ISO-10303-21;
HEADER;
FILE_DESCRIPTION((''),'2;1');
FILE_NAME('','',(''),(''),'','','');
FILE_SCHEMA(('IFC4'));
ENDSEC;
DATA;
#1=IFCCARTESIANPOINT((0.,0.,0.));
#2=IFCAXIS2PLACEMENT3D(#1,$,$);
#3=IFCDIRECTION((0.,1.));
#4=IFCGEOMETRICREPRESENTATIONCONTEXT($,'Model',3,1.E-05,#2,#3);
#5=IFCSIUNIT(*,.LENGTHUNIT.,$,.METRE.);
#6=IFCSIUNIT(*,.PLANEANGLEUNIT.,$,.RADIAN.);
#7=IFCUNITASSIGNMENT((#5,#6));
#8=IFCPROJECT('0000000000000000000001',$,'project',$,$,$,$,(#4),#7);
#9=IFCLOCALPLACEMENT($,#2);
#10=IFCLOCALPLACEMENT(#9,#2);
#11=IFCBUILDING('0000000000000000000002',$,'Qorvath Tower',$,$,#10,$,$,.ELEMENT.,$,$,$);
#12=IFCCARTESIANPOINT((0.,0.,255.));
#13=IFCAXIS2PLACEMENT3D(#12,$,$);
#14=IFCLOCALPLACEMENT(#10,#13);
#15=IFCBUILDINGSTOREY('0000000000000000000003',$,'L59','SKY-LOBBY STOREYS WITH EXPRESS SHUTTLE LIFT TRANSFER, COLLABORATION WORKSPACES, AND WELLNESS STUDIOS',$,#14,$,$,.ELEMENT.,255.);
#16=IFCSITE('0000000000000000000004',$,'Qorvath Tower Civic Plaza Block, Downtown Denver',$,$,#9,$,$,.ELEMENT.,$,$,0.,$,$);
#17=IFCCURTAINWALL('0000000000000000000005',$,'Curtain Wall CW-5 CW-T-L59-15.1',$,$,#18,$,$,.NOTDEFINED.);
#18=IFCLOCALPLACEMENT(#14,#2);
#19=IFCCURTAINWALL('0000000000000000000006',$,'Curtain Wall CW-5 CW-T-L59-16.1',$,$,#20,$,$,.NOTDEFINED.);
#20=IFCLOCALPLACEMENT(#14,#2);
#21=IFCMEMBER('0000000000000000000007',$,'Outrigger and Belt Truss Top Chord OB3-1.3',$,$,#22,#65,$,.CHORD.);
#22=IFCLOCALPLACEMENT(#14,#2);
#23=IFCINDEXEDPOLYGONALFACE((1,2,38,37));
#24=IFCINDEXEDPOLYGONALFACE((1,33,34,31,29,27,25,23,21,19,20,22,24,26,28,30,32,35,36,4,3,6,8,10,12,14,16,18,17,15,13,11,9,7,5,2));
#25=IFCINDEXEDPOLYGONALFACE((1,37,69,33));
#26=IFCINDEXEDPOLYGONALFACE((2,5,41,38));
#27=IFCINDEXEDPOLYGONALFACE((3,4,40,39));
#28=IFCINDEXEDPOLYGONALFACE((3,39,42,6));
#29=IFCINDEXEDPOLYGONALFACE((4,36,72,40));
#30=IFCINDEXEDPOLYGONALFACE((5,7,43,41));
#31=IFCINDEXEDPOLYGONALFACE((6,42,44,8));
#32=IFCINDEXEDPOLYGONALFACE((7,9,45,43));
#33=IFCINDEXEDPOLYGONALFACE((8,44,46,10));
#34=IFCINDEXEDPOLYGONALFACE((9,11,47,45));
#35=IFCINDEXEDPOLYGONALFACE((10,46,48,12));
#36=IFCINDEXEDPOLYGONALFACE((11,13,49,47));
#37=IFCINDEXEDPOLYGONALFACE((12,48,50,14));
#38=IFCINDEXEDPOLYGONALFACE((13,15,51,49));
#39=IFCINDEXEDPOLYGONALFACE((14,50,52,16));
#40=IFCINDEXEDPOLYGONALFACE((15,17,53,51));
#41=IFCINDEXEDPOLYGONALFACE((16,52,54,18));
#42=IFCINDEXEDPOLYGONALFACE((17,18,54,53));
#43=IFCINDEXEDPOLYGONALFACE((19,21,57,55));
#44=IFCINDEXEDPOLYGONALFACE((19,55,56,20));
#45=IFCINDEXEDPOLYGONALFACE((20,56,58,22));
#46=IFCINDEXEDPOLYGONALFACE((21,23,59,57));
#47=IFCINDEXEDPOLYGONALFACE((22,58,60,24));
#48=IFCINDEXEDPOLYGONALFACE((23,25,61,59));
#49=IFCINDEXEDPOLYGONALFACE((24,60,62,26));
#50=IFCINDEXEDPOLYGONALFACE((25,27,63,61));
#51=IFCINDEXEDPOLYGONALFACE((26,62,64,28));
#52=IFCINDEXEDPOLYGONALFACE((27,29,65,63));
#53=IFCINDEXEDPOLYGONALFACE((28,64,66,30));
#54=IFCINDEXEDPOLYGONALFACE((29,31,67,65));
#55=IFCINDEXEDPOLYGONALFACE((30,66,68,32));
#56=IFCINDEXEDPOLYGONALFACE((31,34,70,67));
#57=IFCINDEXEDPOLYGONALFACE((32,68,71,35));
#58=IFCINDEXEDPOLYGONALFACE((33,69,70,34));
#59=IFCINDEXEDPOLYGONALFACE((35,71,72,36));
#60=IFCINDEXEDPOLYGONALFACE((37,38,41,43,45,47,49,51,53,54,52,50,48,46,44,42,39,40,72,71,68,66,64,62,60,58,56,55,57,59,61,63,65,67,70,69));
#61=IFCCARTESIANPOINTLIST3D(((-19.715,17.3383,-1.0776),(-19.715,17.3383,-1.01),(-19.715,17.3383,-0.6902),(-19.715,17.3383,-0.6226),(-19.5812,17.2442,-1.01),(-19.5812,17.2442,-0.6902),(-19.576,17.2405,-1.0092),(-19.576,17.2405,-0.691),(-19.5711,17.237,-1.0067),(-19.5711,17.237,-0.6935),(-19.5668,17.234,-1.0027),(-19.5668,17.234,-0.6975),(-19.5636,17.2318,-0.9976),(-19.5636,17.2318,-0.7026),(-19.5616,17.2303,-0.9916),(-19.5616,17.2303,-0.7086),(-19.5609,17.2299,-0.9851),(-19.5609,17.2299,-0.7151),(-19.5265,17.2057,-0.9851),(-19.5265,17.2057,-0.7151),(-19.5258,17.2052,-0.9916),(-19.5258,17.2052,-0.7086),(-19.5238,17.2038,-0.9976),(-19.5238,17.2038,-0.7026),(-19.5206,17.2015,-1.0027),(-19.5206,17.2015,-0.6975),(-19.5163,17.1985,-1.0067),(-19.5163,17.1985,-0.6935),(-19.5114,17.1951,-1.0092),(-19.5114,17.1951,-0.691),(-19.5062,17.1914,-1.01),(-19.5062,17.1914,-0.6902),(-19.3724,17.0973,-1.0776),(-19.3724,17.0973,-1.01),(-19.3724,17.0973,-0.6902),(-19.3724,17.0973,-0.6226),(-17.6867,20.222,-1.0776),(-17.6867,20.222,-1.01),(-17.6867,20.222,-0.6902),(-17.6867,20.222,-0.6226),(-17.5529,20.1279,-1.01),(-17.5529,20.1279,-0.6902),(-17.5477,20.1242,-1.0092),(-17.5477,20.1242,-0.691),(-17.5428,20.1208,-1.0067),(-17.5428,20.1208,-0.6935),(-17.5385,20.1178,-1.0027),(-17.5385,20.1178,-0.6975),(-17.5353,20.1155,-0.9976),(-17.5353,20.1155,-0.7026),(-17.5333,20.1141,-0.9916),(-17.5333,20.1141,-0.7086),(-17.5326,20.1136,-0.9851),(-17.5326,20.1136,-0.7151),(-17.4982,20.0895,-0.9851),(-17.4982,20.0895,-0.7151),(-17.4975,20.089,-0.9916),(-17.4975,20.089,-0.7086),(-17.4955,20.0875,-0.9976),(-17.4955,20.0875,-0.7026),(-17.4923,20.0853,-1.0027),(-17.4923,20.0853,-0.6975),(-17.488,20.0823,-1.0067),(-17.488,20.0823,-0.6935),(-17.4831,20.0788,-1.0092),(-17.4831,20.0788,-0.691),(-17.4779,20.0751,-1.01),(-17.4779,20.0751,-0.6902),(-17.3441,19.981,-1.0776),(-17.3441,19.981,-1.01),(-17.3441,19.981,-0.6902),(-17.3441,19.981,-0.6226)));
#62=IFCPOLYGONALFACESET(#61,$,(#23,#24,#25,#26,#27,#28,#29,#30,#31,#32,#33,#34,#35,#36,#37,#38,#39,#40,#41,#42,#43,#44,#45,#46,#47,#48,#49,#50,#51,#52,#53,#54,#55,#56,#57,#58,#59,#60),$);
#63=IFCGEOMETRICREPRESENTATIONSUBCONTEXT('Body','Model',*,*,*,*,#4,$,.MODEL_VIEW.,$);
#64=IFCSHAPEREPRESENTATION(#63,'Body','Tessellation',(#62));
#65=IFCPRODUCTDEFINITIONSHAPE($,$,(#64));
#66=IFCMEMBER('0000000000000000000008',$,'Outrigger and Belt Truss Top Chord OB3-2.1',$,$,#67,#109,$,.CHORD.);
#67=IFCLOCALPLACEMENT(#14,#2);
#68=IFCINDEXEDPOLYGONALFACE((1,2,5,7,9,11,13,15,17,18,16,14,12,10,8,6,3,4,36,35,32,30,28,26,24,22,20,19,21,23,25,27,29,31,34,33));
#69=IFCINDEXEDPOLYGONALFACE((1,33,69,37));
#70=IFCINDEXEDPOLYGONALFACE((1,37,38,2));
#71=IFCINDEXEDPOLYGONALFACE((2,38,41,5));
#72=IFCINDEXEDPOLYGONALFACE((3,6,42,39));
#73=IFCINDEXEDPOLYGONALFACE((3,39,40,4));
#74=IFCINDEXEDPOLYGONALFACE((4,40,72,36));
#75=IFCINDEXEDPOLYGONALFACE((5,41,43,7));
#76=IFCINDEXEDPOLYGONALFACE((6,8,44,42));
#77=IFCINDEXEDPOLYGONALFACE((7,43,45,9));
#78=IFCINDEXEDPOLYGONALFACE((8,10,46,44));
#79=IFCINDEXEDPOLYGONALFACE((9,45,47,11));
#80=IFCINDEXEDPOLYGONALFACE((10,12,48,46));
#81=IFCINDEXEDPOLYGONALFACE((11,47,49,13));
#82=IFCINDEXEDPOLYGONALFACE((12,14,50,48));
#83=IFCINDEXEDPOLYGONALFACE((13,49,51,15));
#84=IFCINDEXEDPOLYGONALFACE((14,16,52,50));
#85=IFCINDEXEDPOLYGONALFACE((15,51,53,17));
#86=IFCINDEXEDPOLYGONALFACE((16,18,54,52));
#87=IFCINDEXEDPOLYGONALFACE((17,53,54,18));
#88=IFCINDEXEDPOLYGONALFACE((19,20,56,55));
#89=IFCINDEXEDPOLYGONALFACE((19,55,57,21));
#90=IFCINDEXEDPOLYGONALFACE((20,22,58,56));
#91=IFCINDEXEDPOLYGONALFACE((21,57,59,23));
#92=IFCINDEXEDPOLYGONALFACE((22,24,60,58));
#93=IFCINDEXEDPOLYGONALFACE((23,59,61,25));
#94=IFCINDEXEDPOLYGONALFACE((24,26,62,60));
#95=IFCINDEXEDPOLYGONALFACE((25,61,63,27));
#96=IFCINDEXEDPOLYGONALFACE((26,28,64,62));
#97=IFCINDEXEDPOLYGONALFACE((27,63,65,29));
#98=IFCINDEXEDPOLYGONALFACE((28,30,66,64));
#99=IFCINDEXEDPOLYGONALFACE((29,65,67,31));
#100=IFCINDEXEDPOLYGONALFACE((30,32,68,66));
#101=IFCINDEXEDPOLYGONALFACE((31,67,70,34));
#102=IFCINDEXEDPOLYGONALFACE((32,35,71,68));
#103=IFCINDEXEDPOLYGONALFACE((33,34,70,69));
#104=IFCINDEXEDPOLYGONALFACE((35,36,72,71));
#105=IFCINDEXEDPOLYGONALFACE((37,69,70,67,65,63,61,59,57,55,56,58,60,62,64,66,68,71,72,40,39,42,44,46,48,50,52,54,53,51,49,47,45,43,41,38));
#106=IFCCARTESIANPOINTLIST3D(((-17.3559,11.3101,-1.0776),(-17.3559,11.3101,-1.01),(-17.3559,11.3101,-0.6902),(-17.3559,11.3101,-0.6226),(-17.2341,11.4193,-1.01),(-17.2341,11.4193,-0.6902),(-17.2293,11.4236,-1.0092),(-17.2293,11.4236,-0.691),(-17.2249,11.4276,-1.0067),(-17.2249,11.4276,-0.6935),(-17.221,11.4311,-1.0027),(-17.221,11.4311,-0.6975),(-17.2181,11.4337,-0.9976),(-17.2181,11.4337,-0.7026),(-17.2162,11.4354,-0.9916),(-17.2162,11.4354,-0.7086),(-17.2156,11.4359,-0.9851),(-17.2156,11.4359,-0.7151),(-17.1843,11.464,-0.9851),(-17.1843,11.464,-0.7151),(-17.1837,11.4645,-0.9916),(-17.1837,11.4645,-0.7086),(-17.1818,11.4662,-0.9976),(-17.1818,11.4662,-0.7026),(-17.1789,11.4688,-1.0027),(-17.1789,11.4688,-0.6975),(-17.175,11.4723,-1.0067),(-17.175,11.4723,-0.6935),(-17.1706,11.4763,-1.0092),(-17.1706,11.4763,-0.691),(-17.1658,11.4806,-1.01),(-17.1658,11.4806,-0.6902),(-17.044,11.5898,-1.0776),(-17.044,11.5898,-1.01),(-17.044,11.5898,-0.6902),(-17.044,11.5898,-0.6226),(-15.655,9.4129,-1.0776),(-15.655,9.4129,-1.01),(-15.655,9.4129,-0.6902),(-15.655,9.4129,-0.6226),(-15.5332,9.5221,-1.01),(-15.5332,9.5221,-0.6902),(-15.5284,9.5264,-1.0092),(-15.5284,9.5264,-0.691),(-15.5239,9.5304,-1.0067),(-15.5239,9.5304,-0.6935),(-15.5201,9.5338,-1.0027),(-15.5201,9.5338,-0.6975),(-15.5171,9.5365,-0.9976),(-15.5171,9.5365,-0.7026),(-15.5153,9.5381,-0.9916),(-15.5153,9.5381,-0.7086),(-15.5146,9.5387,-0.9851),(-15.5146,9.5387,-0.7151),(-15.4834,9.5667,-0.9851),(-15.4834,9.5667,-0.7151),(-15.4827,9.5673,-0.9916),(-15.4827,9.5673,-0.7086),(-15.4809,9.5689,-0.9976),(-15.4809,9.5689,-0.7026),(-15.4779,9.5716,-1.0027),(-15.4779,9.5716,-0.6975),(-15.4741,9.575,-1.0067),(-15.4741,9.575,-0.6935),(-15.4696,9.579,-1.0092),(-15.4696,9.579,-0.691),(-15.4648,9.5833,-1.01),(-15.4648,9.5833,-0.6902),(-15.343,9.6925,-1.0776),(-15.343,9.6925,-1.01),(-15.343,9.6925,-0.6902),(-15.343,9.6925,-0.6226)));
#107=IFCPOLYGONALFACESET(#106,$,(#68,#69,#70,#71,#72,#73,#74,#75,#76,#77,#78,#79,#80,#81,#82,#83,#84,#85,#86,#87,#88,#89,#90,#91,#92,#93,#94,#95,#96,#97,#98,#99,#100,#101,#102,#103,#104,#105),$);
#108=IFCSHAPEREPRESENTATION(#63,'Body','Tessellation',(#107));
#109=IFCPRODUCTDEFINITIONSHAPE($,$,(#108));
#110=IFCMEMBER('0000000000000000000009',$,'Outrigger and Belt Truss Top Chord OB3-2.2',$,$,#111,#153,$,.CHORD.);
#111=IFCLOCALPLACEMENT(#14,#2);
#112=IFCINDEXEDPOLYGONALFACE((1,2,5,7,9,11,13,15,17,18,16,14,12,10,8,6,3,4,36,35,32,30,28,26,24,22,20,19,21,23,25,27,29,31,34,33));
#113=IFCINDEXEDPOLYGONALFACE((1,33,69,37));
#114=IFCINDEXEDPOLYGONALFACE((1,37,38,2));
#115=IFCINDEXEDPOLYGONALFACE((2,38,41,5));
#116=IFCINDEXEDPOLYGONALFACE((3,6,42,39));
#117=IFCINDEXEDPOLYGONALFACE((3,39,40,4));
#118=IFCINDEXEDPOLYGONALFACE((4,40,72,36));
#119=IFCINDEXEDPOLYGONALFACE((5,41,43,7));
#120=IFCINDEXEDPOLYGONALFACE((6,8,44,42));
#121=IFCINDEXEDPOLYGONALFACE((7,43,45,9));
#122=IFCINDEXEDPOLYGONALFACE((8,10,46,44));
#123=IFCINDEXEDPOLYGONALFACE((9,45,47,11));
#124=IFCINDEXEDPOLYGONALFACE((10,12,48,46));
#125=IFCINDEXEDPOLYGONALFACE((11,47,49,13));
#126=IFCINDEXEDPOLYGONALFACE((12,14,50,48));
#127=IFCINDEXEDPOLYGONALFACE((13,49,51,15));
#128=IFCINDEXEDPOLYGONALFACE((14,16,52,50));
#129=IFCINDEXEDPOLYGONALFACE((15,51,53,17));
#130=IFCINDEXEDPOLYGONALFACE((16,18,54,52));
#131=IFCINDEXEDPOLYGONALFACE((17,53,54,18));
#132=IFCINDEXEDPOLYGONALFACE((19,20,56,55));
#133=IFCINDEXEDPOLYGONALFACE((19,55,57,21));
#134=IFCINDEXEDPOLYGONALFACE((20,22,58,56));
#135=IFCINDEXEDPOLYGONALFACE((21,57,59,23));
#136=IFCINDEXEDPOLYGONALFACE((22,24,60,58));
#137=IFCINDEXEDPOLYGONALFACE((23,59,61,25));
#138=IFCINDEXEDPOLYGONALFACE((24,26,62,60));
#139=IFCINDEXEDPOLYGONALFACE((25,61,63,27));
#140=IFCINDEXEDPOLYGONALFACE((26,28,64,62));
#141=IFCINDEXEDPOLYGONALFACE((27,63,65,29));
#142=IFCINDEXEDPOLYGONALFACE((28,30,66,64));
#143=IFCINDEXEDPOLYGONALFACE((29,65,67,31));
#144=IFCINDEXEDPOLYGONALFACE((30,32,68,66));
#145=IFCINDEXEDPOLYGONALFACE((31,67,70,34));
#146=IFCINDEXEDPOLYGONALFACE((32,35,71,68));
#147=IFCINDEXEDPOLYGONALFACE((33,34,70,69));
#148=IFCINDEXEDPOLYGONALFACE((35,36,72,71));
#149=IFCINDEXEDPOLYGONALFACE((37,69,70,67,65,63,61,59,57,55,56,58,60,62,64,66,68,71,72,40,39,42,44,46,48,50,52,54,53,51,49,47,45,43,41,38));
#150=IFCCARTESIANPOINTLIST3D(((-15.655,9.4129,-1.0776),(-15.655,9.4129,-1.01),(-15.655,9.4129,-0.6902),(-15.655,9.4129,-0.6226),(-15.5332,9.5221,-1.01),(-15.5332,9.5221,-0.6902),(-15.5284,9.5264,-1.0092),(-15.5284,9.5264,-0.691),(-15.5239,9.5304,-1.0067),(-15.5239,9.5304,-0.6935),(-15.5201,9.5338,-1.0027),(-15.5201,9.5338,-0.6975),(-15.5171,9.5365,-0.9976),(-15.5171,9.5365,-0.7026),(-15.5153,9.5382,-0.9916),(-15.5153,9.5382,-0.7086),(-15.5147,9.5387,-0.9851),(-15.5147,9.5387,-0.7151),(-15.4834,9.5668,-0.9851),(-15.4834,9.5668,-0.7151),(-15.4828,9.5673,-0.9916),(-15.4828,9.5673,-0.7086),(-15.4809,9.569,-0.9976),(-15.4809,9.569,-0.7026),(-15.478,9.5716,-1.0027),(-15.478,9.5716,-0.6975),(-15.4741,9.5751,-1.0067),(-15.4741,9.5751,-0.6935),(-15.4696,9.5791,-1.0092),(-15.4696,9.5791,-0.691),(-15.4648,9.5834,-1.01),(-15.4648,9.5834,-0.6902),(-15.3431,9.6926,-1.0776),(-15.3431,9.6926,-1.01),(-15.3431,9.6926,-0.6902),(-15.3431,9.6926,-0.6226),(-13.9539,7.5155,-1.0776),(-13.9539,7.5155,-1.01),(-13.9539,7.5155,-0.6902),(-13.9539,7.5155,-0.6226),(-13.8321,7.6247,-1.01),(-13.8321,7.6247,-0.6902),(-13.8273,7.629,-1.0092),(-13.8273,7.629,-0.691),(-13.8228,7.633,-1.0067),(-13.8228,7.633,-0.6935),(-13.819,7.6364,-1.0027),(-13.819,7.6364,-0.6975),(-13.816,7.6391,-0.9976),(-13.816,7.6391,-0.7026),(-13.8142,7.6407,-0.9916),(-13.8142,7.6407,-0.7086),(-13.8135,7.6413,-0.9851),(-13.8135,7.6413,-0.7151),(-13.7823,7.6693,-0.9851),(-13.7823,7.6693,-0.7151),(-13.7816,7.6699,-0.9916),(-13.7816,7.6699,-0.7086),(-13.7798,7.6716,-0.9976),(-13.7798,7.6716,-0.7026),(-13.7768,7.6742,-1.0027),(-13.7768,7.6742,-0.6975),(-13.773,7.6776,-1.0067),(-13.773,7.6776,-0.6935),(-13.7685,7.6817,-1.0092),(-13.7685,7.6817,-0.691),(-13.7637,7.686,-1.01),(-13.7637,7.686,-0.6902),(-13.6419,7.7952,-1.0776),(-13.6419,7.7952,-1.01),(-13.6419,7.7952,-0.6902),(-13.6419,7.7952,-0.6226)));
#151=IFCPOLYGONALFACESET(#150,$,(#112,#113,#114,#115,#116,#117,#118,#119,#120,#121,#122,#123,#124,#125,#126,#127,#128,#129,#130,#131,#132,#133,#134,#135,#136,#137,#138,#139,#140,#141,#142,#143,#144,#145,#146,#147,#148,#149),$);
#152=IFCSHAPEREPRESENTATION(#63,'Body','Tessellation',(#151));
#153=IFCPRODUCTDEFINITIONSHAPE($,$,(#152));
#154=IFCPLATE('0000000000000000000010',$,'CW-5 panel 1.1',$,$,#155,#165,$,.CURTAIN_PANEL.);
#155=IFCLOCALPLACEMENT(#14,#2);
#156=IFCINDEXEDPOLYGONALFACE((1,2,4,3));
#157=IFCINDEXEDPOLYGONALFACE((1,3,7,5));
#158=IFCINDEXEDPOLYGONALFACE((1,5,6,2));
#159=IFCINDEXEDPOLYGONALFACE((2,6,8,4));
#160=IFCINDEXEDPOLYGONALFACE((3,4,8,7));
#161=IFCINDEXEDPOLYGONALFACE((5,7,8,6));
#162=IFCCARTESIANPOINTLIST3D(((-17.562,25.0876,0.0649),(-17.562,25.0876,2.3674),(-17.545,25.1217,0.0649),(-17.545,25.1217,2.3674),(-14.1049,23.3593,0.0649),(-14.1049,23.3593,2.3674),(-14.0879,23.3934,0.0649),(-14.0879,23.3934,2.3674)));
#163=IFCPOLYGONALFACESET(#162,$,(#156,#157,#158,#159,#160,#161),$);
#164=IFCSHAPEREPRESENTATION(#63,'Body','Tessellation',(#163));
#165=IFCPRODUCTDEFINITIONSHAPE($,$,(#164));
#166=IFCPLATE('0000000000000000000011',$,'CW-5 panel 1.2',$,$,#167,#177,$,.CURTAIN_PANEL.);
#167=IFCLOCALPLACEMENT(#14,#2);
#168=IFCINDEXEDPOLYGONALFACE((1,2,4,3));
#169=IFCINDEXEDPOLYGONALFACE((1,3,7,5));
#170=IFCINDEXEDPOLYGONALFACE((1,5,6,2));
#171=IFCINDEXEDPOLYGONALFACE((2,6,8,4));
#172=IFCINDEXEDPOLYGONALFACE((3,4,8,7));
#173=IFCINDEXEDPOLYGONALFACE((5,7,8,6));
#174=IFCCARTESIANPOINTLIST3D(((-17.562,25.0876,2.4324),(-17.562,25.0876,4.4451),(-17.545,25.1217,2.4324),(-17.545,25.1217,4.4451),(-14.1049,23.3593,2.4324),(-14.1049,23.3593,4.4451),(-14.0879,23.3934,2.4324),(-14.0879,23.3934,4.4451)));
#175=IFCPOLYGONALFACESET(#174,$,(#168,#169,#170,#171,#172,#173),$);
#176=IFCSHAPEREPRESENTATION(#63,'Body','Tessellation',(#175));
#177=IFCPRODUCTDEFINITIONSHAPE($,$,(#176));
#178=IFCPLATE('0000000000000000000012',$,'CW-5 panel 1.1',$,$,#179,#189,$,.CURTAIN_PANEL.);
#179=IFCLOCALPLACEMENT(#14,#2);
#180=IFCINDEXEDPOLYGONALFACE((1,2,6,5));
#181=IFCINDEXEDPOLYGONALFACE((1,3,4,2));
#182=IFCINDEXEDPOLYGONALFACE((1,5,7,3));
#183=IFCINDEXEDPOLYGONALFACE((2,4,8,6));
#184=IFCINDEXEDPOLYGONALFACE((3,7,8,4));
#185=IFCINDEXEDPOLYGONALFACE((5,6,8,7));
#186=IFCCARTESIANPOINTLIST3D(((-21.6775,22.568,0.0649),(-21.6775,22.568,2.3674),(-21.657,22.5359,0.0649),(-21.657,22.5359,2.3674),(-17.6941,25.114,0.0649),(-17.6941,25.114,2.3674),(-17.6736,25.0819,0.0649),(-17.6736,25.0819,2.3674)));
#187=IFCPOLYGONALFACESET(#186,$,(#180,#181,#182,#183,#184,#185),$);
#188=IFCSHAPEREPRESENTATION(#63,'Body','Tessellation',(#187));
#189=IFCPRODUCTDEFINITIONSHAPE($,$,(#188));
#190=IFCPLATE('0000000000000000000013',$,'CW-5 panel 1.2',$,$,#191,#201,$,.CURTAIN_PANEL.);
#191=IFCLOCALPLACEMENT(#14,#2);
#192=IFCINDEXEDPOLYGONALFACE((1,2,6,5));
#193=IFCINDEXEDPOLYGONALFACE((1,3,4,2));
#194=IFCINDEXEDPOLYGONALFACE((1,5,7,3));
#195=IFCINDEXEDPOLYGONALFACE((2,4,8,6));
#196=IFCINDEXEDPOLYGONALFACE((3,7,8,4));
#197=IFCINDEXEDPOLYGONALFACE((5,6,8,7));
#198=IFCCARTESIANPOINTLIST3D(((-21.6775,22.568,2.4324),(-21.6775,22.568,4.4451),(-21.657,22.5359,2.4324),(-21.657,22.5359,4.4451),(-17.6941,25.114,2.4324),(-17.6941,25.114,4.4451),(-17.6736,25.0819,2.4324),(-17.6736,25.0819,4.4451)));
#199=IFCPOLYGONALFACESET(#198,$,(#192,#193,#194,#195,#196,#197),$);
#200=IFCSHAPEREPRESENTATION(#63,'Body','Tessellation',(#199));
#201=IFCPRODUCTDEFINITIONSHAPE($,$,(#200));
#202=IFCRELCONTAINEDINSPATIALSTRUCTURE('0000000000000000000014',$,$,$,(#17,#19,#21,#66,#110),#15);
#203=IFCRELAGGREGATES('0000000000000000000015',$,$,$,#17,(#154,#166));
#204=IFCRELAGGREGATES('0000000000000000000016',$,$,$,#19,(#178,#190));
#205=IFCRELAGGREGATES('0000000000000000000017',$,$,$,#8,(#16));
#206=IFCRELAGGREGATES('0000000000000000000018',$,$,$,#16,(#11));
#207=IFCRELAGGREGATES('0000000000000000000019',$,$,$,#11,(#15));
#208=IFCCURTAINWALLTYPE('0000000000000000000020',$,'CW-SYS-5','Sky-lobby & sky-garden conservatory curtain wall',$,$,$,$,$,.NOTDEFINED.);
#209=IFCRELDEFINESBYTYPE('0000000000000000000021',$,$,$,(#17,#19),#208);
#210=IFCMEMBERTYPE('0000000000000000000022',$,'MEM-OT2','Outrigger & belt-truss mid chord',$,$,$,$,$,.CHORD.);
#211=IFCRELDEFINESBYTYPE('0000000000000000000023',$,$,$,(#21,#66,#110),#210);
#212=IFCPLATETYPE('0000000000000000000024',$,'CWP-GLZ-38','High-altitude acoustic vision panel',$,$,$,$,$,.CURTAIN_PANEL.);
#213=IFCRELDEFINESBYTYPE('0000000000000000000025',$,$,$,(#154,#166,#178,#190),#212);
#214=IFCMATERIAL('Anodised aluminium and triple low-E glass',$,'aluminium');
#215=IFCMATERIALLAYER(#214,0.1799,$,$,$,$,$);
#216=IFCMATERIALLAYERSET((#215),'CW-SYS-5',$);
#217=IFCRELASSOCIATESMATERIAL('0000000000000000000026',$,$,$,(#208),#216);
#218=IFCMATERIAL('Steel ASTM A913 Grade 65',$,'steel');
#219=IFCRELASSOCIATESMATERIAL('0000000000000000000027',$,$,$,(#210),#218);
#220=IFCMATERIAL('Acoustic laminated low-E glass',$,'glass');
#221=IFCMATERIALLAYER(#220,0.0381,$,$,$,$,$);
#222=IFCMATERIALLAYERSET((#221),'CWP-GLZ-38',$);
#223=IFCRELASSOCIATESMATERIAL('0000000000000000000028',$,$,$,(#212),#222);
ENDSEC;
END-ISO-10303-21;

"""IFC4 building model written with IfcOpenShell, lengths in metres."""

from ifc_helpers import new_model, si_unit, direction, frame, origin, origin_2d, place, context, subcontext, project, spatial, rectangle, i_section, extrude, material, layer, layer_set, material_profile, profile_set, type_object, element, aggregate, save


model = new_model("IFC4")

# Units and contexts
model_context = context("Model", 3, precision=1e-05, world=origin(), true_north=direction((0.0, 1.0)))
body_context = subcontext(model_context, "Body", "Model", "MODEL_VIEW")
ifc_project = project(units=[si_unit("LENGTHUNIT", "METRE"), si_unit("PLANEANGLEUNIT", "RADIAN")], contexts=[model_context])

# Site, building, storey
site_placement = place(None, origin())
site = spatial("IfcSite", under=ifc_project, at=site_placement, Name="Qorvath Tower Civic Plaza Block, Downtown Denver", CompositionType="ELEMENT", RefElevation=0.0)
building_placement = place(site_placement, origin())
building = spatial("IfcBuilding", under=site, at=building_placement, Name="Qorvath Tower", CompositionType="ELEMENT")
storey_placement = place(building_placement, frame((0.0, 0.0, 255.0)))
storey = spatial("IfcBuildingStorey", under=building, at=storey_placement, Name="L59", Description="SKY-LOBBY STOREYS WITH EXPRESS SHUTTLE LIFT TRANSFER, COLLABORATION WORKSPACES, AND WELLNESS STUDIOS", CompositionType="ELEMENT", Elevation=255.0)

# Curtain wall
ifc_material_1 = material(Name="Anodised aluminium and triple low-E glass", Category="aluminium")
ifc_layer_1 = layer(ifc_material_1, 0.1799)
ifc_layer_set_1 = layer_set([ifc_layer_1], Name="CW-SYS-5")
curtain_wall_type = type_object("IfcCurtainWallType", Name="CW-SYS-5", Description="Sky-lobby & sky-garden conservatory curtain wall", PredefinedType="NOTDEFINED", material=ifc_layer_set_1)
curtain_wall_1_placement = place(storey_placement, origin())
curtain_wall_1 = element("IfcCurtainWall", 1, at=curtain_wall_1_placement, inside=storey, type_object=curtain_wall_type, Name="Curtain Wall CW-5 CW-T-L59-15.1", PredefinedType="NOTDEFINED")

# Curtain wall
curtain_wall_2_placement = place(storey_placement, origin())
curtain_wall_2 = element("IfcCurtainWall", 2, at=curtain_wall_2_placement, inside=storey, type_object=curtain_wall_type, Name="Curtain Wall CW-5 CW-T-L59-16.1", PredefinedType="NOTDEFINED")

# Members
ifc_material_2 = material(Name="Steel ASTM A913 Grade 65", Category="steel")
ifc_material_profile_1 = material_profile(ifc_material_2, i_section(OverallWidth=0.4189, OverallDepth=0.4551, WebThickness=0.042, FlangeThickness=0.0676, FilletRadius=0.0249, at=origin_2d()), Name="W14x370")
ifc_profile_set_1 = profile_set([ifc_material_profile_1], Name="Steel ASTM A913 Grade 65")
member_type_1 = type_object("IfcMemberType", Name="MEM-OT2", Description="Outrigger & belt-truss mid chord", PredefinedType="CHORD", material=ifc_profile_set_1)
for number, where, z_axis, x_axis, name in (
    (3, (-19.5437, 17.2178, -0.8501), (0.575301, 0.817942, 0.0), (-0.817942, 0.575301, 0.0), "Outrigger and Belt Truss Top Chord OB3-1.3"),
):
    element("IfcMember", number, at=place(storey_placement, frame(where, z_axis=z_axis, x_axis=x_axis)), inside=storey, type_object=member_type_1, Name=name, PredefinedType="CHORD", context=body_context, shape_type="SweptSolid", body=[
        extrude(i_section(OverallWidth=0.4189, OverallDepth=0.4551, WebThickness=0.042, FlangeThickness=0.0676, FilletRadius=0.0249, at=origin_2d()), origin(), (0.0, 0.0, 1.0), 3.5256),
    ])
member_1_placement = place(storey_placement, frame((-17.2, 11.45, -0.8501), z_axis=(0.66754, -0.744574, 0.0), x_axis=(0.744574, 0.66754, 0.0)))
element("IfcMember", 4, at=member_1_placement, inside=storey, type_object=member_type_1, Name="Outrigger and Belt Truss Top Chord OB3-2.1", PredefinedType="CHORD", context=body_context, shape_type="SweptSolid", body=[
    extrude(i_section(OverallWidth=0.4189, OverallDepth=0.4551, WebThickness=0.042, FlangeThickness=0.0676, FilletRadius=0.0249, at=origin_2d()), origin(), (0.0, 0.0, 1.0), 2.5481),
])
member_2_placement = place(storey_placement, frame((-15.499, 9.5527, -0.8501), z_axis=(0.667545, -0.744569, 0.0), x_axis=(0.744569, 0.667545, 0.0)))
element("IfcMember", 5, at=member_2_placement, inside=storey, type_object=member_type_1, Name="Outrigger and Belt Truss Top Chord OB3-2.2", PredefinedType="CHORD", context=body_context, shape_type="SweptSolid", body=[
    extrude(i_section(OverallWidth=0.4189, OverallDepth=0.4551, WebThickness=0.042, FlangeThickness=0.0676, FilletRadius=0.0249, at=origin_2d()), origin(), (0.0, 0.0, 1.0), 2.5483),
])

# Plates
ifc_material_3 = material(Name="Acoustic laminated low-E glass", Category="glass")
ifc_layer_2 = layer(ifc_material_3, 0.0381)
ifc_layer_set_2 = layer_set([ifc_layer_2], Name="CWP-GLZ-38")
plate_type = type_object("IfcPlateType", Name="CWP-GLZ-38", Description="High-altitude acoustic vision panel", PredefinedType="CURTAIN_PANEL", material=ifc_layer_set_2)
plate_1_placement = place(storey_placement, frame((-15.825, 24.2405, 0.0649), z_axis=(0.0, 0.0, 1.0), x_axis=(-0.894452, 0.447164, 0.0)))
plate_1 = element("IfcPlate", 6, at=plate_1_placement, type_object=plate_type, Name="CW-5 panel 1.1", PredefinedType="CURTAIN_PANEL", context=body_context, shape_type="SweptSolid", body=[
    extrude(rectangle(XDim=3.865, YDim=0.0381, at=origin_2d()), origin(), (0.0, 0.0, 1.0), 2.3025),
])
plate_2_placement = place(storey_placement, frame((-15.825, 24.2405, 2.4324), z_axis=(0.0, 0.0, 1.0), x_axis=(-0.894452, 0.447164, 0.0)))
plate_2 = element("IfcPlate", 7, at=plate_2_placement, type_object=plate_type, Name="CW-5 panel 1.2", PredefinedType="CURTAIN_PANEL", context=body_context, shape_type="SweptSolid", body=[
    extrude(rectangle(XDim=3.865, YDim=0.0381, at=origin_2d()), origin(), (0.0, 0.0, 1.0), 2.0127),
])
aggregate(curtain_wall_1, [plate_1, plate_2])
plate_3_placement = place(storey_placement, frame((-19.6755, 23.825, 0.0649), z_axis=(0.0, 0.0, 1.0), x_axis=(-0.842603, -0.538535, 0.0)))
plate_3 = element("IfcPlate", 8, at=plate_3_placement, type_object=plate_type, Name="CW-5 panel 1.1", PredefinedType="CURTAIN_PANEL", context=body_context, shape_type="SweptSolid", body=[
    extrude(rectangle(XDim=4.7275, YDim=0.0381, at=origin_2d()), origin(), (0.0, 0.0, 1.0), 2.3025),
])
plate_4_placement = place(storey_placement, frame((-19.6755, 23.825, 2.4324), z_axis=(0.0, 0.0, 1.0), x_axis=(-0.842603, -0.538535, 0.0)))
plate_4 = element("IfcPlate", 9, at=plate_4_placement, type_object=plate_type, Name="CW-5 panel 1.2", PredefinedType="CURTAIN_PANEL", context=body_context, shape_type="SweptSolid", body=[
    extrude(rectangle(XDim=4.7275, YDim=0.0381, at=origin_2d()), origin(), (0.0, 0.0, 1.0), 2.0127),
])
aggregate(curtain_wall_2, [plate_3, plate_4])

save(model, "model.ifc")
